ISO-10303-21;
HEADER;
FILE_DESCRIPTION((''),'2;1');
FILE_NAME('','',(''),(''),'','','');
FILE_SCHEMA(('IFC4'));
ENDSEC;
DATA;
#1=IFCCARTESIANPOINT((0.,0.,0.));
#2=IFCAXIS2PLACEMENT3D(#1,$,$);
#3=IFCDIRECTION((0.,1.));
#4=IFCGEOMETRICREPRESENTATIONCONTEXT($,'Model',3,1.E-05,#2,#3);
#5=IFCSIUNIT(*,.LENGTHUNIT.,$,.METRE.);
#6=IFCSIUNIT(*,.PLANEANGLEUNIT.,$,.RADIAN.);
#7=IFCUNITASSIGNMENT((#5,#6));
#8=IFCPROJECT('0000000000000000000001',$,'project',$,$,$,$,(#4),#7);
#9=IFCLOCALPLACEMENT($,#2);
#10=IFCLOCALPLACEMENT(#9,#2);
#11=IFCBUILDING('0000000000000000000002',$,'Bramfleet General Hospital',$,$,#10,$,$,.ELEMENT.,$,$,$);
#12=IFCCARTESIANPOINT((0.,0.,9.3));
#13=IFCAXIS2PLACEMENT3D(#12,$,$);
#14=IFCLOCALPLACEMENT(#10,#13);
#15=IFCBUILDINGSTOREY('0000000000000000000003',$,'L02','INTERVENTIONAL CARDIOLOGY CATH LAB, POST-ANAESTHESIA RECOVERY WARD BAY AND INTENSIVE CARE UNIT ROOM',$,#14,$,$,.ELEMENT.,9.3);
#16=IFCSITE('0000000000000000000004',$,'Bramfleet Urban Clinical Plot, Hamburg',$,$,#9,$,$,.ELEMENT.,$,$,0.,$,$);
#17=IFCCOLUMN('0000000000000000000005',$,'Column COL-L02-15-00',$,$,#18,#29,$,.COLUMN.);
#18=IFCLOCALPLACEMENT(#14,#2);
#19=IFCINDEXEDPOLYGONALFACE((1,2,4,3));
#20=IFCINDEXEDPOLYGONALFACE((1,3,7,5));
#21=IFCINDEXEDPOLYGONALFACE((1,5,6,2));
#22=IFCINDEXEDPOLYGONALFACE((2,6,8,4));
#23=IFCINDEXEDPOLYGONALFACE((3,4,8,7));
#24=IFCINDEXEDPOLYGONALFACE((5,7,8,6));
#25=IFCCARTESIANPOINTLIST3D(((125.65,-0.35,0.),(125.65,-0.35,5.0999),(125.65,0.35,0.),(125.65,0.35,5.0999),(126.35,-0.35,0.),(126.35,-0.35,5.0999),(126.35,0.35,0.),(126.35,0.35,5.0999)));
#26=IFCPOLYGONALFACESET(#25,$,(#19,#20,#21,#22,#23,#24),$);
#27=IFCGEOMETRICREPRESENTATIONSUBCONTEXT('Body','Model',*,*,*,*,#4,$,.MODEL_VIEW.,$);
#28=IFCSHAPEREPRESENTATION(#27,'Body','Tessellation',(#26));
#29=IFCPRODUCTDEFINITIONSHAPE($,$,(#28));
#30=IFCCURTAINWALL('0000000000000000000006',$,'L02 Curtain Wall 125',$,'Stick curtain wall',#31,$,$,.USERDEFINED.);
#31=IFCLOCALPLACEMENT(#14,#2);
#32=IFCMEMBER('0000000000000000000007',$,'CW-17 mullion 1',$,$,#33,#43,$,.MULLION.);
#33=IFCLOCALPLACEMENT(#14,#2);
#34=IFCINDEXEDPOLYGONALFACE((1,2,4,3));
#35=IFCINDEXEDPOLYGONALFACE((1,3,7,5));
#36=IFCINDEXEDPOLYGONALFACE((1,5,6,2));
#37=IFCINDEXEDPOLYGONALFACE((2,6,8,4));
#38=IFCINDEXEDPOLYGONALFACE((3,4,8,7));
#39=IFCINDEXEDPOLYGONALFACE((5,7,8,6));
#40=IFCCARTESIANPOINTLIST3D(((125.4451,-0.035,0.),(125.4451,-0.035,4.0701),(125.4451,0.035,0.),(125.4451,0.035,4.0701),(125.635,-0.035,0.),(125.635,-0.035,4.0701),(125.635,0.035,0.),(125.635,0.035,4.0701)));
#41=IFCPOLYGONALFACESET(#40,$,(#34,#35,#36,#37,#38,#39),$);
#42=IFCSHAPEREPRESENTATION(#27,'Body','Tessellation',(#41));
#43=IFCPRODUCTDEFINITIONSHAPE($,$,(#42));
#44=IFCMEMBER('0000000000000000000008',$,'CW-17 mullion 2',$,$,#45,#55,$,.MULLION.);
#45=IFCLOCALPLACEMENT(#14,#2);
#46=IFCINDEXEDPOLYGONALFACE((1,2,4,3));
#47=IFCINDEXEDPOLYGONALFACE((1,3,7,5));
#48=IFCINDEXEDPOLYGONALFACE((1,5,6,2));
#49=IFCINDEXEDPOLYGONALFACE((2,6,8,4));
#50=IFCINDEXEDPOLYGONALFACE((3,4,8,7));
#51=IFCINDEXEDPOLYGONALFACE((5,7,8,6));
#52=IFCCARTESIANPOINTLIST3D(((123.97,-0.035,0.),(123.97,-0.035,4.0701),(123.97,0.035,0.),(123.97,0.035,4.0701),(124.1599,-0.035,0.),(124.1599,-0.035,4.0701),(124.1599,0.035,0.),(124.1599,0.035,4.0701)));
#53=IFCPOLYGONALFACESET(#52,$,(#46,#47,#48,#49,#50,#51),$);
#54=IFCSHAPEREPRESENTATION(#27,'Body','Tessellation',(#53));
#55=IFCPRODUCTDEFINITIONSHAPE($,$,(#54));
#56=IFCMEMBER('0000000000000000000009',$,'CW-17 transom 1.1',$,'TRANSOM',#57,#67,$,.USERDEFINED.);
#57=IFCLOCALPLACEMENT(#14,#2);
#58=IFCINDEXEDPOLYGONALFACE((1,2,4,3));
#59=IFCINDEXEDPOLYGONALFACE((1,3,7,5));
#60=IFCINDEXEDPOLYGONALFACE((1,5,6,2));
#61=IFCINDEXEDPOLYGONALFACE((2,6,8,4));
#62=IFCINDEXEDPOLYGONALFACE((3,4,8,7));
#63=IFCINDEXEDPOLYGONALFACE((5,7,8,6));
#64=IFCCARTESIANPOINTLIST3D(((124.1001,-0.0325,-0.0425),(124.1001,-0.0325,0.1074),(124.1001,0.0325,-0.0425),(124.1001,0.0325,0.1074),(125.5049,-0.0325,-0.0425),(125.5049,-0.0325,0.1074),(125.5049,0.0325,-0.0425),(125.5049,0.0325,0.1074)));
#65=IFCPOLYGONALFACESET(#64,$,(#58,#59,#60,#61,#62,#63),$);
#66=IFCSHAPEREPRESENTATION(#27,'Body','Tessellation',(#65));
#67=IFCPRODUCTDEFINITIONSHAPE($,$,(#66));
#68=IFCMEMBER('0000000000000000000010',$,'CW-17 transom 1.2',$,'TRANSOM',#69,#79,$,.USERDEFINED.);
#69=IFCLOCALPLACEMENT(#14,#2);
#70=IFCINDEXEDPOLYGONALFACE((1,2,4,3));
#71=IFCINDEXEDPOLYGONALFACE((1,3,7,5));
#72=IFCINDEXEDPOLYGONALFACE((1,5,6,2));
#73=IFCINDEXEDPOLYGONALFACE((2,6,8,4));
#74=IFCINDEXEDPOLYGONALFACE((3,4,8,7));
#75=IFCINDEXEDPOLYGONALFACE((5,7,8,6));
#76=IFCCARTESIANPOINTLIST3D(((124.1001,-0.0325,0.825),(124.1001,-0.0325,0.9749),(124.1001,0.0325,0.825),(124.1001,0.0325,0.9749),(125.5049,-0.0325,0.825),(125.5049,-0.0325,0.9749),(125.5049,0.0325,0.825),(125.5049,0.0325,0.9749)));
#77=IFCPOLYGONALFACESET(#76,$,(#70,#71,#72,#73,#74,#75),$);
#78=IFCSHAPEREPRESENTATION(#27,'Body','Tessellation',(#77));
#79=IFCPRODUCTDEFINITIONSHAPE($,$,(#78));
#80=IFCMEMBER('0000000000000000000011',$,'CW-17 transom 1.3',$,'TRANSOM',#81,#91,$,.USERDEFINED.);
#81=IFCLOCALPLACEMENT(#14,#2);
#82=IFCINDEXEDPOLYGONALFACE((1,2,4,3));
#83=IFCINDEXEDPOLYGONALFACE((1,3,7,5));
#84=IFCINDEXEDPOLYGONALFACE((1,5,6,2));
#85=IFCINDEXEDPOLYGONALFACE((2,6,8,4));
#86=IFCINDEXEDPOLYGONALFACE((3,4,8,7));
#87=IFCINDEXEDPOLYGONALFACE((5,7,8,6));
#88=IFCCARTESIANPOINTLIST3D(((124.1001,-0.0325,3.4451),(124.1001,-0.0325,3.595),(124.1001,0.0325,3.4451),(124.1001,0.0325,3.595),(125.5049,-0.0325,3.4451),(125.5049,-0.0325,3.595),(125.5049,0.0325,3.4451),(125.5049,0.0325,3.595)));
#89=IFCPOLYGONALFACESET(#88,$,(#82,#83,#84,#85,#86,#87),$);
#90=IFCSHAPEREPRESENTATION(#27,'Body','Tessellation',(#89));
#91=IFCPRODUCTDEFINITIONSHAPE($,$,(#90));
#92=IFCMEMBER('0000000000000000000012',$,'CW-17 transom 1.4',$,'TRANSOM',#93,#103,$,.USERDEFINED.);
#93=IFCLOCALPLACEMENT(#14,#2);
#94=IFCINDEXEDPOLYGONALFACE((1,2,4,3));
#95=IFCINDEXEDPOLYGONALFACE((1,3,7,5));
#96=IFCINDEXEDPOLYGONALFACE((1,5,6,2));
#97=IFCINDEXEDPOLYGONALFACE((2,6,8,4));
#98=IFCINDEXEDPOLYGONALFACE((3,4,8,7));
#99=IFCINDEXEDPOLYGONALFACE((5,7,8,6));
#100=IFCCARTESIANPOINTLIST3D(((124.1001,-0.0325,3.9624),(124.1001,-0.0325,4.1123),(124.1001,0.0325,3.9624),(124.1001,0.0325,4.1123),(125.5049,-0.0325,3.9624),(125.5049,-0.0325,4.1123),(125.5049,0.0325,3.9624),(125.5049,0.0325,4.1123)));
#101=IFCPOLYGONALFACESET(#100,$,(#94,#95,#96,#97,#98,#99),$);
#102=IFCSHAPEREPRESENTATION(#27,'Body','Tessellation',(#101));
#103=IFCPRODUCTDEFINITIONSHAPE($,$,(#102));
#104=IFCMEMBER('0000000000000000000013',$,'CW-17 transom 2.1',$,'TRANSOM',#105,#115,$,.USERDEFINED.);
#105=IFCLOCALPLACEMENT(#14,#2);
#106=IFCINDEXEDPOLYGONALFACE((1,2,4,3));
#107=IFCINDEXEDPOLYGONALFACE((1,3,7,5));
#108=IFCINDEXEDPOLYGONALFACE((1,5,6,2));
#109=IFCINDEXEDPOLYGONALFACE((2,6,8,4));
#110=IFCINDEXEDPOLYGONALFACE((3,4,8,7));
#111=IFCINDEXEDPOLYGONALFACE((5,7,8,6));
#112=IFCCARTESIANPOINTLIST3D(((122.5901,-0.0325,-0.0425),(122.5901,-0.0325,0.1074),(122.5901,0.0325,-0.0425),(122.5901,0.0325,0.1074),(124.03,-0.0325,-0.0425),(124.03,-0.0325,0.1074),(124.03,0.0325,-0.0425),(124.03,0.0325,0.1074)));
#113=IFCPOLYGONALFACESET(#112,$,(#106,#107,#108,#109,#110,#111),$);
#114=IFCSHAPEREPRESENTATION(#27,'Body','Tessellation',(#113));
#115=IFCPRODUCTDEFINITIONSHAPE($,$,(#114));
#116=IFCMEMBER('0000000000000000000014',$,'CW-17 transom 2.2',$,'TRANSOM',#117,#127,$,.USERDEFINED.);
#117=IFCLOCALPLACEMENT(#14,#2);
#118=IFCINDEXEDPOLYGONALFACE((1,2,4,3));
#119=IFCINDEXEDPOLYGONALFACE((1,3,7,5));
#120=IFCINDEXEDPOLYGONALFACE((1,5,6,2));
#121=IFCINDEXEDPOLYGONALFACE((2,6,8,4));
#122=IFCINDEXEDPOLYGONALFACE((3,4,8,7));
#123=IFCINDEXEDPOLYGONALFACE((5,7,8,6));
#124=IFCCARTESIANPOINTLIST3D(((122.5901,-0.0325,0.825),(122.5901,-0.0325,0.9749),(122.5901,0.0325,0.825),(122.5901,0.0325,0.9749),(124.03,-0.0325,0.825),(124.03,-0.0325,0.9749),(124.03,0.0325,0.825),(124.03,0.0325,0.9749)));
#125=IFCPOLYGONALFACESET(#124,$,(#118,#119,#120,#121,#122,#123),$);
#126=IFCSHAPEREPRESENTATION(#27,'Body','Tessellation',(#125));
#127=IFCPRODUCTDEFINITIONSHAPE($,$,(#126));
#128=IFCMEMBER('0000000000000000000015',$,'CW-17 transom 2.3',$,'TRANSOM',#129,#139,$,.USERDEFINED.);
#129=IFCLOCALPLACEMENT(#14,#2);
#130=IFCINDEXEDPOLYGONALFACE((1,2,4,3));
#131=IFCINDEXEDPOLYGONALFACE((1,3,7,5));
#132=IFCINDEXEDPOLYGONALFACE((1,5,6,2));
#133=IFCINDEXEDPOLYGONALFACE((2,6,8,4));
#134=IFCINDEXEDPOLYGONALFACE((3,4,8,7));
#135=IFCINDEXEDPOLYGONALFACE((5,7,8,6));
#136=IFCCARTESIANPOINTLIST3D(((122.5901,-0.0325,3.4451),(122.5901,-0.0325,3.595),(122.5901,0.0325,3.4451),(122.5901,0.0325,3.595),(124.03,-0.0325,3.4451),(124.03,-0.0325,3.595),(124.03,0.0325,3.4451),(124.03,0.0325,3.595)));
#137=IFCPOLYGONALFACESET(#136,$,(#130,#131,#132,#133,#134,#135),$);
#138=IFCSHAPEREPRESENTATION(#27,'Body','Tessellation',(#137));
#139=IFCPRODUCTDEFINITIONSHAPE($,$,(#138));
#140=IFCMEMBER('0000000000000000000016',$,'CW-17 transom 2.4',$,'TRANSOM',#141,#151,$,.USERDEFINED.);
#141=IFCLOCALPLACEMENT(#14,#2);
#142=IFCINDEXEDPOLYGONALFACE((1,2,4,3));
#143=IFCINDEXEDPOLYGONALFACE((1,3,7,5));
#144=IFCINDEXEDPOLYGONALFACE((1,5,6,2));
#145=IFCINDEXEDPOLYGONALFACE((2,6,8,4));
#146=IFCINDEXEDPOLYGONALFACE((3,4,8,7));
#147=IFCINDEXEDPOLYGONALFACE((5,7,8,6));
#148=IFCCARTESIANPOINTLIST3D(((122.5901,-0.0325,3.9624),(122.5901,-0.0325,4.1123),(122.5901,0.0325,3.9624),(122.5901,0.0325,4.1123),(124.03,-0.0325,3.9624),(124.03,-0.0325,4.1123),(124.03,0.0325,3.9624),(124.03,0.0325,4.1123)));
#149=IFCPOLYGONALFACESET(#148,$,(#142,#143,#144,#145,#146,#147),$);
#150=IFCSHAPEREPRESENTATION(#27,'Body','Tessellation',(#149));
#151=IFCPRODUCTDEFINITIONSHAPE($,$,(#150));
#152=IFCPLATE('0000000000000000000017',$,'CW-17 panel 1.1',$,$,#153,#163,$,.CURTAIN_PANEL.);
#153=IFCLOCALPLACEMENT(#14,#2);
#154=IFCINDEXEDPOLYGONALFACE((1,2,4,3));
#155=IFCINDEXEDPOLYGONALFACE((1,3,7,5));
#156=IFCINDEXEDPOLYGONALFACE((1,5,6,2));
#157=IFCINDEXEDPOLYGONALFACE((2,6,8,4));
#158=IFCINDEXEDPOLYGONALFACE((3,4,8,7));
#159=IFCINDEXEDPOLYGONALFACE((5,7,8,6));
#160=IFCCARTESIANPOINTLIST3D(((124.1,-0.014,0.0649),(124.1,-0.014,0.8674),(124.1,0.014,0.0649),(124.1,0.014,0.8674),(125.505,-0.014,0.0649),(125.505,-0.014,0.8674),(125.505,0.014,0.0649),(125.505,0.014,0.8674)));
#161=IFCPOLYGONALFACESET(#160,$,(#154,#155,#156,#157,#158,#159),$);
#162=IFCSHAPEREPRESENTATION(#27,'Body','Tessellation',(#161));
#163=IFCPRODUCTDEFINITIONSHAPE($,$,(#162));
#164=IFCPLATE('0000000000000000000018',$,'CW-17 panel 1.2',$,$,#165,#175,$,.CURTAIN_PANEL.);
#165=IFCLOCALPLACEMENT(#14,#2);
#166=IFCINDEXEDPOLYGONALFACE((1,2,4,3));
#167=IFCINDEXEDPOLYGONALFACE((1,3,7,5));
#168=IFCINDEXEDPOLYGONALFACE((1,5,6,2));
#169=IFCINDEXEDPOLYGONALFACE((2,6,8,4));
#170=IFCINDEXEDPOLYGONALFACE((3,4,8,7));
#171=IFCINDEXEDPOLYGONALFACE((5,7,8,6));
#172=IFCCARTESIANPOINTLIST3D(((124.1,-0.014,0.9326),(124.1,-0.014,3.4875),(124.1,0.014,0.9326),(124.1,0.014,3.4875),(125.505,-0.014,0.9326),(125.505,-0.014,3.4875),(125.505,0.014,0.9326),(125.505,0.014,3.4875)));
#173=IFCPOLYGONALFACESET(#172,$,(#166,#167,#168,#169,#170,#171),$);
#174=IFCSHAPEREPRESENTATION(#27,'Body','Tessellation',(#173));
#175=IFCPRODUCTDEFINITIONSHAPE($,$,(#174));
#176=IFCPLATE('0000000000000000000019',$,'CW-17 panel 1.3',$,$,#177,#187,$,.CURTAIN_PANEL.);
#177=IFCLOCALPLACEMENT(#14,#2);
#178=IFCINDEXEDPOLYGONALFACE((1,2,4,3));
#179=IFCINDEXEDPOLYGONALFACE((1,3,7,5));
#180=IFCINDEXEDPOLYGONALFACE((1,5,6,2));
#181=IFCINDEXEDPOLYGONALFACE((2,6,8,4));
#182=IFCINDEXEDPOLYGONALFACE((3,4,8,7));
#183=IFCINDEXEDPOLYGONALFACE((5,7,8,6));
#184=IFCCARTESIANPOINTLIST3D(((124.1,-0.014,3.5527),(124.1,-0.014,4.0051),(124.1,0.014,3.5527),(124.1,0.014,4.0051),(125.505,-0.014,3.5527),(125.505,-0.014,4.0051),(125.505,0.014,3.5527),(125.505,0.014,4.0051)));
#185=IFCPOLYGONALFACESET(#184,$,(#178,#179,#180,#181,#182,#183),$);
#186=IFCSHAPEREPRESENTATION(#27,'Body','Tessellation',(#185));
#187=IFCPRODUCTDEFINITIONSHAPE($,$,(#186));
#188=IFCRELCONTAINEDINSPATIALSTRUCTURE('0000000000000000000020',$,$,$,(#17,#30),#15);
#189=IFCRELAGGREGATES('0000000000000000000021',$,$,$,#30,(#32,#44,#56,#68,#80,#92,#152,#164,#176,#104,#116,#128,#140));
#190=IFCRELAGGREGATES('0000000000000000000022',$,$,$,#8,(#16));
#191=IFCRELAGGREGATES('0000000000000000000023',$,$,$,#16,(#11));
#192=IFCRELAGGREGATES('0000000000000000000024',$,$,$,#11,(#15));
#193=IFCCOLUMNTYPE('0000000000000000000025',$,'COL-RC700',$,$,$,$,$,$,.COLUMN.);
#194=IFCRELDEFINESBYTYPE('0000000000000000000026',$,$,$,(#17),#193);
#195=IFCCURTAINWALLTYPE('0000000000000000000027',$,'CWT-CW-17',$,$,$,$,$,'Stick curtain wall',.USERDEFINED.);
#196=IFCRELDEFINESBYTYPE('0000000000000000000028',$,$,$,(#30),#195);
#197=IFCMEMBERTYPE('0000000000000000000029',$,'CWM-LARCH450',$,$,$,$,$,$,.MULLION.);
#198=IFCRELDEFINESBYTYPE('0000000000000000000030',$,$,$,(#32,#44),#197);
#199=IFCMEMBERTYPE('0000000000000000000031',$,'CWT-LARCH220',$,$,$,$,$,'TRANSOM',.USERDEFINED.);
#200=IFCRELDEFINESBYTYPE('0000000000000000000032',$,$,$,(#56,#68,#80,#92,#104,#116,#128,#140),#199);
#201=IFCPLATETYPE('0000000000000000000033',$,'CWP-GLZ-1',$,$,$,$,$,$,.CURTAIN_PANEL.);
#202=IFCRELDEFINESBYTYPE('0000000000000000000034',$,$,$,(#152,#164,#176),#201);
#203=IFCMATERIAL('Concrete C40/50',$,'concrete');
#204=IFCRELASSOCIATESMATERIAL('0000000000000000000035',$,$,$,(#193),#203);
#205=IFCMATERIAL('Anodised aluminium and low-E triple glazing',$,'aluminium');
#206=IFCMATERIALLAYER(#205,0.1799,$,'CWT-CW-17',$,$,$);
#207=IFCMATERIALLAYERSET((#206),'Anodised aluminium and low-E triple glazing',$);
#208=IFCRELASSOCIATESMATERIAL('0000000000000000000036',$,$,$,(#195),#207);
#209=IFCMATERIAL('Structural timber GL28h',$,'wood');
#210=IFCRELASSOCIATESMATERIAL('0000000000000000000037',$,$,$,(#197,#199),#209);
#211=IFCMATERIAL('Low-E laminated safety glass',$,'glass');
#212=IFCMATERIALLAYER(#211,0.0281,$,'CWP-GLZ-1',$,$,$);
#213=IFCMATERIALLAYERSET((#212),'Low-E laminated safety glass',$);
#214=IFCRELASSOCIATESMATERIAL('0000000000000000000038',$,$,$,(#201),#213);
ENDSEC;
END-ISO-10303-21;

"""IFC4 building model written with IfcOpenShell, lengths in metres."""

from ifc_helpers import new_model, si_unit, direction, frame, origin, origin_2d, place, context, subcontext, project, spatial, rectangle, extrude, material, layer, layer_set, material_profile, profile_set, type_object, element, aggregate, save


model = new_model("IFC4")

# Units and contexts
model_context = context("Model", 3, precision=1e-05, world=origin(), true_north=direction((0.0, 1.0)))
body_context = subcontext(model_context, "Body", "Model", "MODEL_VIEW")
ifc_project = project(units=[si_unit("LENGTHUNIT", "METRE"), si_unit("PLANEANGLEUNIT", "RADIAN")], contexts=[model_context])

# Site, building, storey
site_placement = place(None, origin())
site = spatial("IfcSite", under=ifc_project, at=site_placement, Name="Bramfleet Urban Clinical Plot, Hamburg", CompositionType="ELEMENT", RefElevation=0.0)
building_placement = place(site_placement, origin())
building = spatial("IfcBuilding", under=site, at=building_placement, Name="Bramfleet General Hospital", CompositionType="ELEMENT")
storey_placement = place(building_placement, frame((0.0, 0.0, 9.3)))
storey = spatial("IfcBuildingStorey", under=building, at=storey_placement, Name="L02", Description="INTERVENTIONAL CARDIOLOGY CATH LAB, POST-ANAESTHESIA RECOVERY WARD BAY AND INTENSIVE CARE UNIT ROOM", CompositionType="ELEMENT", Elevation=9.3)

# Column
ifc_material_1 = material(Name="Concrete C40/50", Category="concrete")
ifc_material_profile_1 = material_profile(ifc_material_1, rectangle(XDim=0.7, YDim=0.7, at=origin_2d()), Name="RC COL 700x700")
ifc_profile_set_1 = profile_set([ifc_material_profile_1], Name="Concrete C40/50")
column_type = type_object("IfcColumnType", Name="COL-RC700", PredefinedType="COLUMN", material=ifc_profile_set_1)
column_placement = place(storey_placement, frame((126.0, 0.0, 0.0), z_axis=(0.0, 0.0, 1.0), x_axis=(1.0, 0.0, 0.0)))
element("IfcColumn", 1, at=column_placement, inside=storey, type_object=column_type, Name="Column COL-L02-15-00", PredefinedType="COLUMN", context=body_context, shape_type="SweptSolid", body=[
    extrude(rectangle(XDim=0.7, YDim=0.7, at=origin_2d()), origin(), (0.0, 0.0, 1.0), 5.0999),
])

# Curtain wall, members, plates
ifc_material_2 = material(Name="Anodised aluminium and low-E triple glazing", Category="aluminium")
ifc_layer_1 = layer(ifc_material_2, 0.1799, Name="CWT-CW-17")
ifc_layer_set_1 = layer_set([ifc_layer_1], Name="Anodised aluminium and low-E triple glazing")
curtain_wall_type = type_object("IfcCurtainWallType", Name="CWT-CW-17", ElementType="Stick curtain wall", PredefinedType="USERDEFINED", material=ifc_layer_set_1)
curtain_wall_placement = place(storey_placement, origin())
curtain_wall = element("IfcCurtainWall", 2, at=curtain_wall_placement, inside=storey, type_object=curtain_wall_type, Name="L02 Curtain Wall 125", ObjectType="Stick curtain wall", PredefinedType="USERDEFINED")
ifc_material_3 = material(Name="Structural timber GL28h", Category="wood")
ifc_material_profile_2 = material_profile(ifc_material_3, rectangle(XDim=0.0701, YDim=0.1899, at=origin_2d()), Name="LARCH 190x70")
ifc_profile_set_2 = profile_set([ifc_material_profile_2], Name="Structural timber GL28h")
member_type_1 = type_object("IfcMemberType", Name="CWM-LARCH450", PredefinedType="MULLION", material=ifc_profile_set_2)
member_1_placement = place(storey_placement, frame((125.54, 0.0, 0.0), z_axis=(0.0, 0.0, 1.0), x_axis=(0.0, -1.0, 0.0)))
member_1 = element("IfcMember", 3, at=member_1_placement, type_object=member_type_1, Name="CW-17 mullion 1", PredefinedType="MULLION", context=body_context, shape_type="SweptSolid", body=[
    extrude(rectangle(XDim=0.0701, YDim=0.1899, at=origin_2d()), origin(), (0.0, 0.0, 1.0), 4.0701),
])
member_2_placement = place(storey_placement, frame((124.0649, 0.0, 0.0), z_axis=(0.0, 0.0, 1.0), x_axis=(0.0, -1.0, 0.0)))
member_2 = element("IfcMember", 4, at=member_2_placement, type_object=member_type_1, Name="CW-17 mullion 2", PredefinedType="MULLION", context=body_context, shape_type="SweptSolid", body=[
    extrude(rectangle(XDim=0.0701, YDim=0.1899, at=origin_2d()), origin(), (0.0, 0.0, 1.0), 4.0701),
])
ifc_material_profile_3 = material_profile(ifc_material_3, rectangle(XDim=0.0649, YDim=0.1499, at=origin_2d()), Name="LARCH 150x65")
ifc_profile_set_3 = profile_set([ifc_material_profile_3], Name="Structural timber GL28h")
member_type_2 = type_object("IfcMemberType", Name="CWT-LARCH220", ElementType="TRANSOM", PredefinedType="USERDEFINED", material=ifc_profile_set_3)
member_3_placement = place(storey_placement, frame((125.5049, 0.0, 0.0325), z_axis=(-1.0, 0.0, 0.0), x_axis=(0.0, -1.0, 0.0)))
member_3 = element("IfcMember", 5, at=member_3_placement, type_object=member_type_2, Name="CW-17 transom 1.1", ObjectType="TRANSOM", PredefinedType="USERDEFINED", context=body_context, shape_type="SweptSolid", body=[
    extrude(rectangle(XDim=0.0649, YDim=0.1499, at=origin_2d()), origin(), (0.0, 0.0, 1.0), 1.4048),
])
member_4_placement = place(storey_placement, frame((125.5049, 0.0, 0.8999), z_axis=(-1.0, 0.0, 0.0), x_axis=(0.0, -1.0, 0.0)))
member_4 = element("IfcMember", 6, at=member_4_placement, type_object=member_type_2, Name="CW-17 transom 1.2", ObjectType="TRANSOM", PredefinedType="USERDEFINED", context=body_context, shape_type="SweptSolid", body=[
    extrude(rectangle(XDim=0.0649, YDim=0.1499, at=origin_2d()), origin(), (0.0, 0.0, 1.0), 1.4048),
])
member_5_placement = place(storey_placement, frame((125.5049, 0.0, 3.52), z_axis=(-1.0, 0.0, 0.0), x_axis=(0.0, -1.0, 0.0)))
member_5 = element("IfcMember", 7, at=member_5_placement, type_object=member_type_2, Name="CW-17 transom 1.3", ObjectType="TRANSOM", PredefinedType="USERDEFINED", context=body_context, shape_type="SweptSolid", body=[
    extrude(rectangle(XDim=0.0649, YDim=0.1499, at=origin_2d()), origin(), (0.0, 0.0, 1.0), 1.4048),
])
member_6_placement = place(storey_placement, frame((125.5049, 0.0, 4.0374), z_axis=(-1.0, 0.0, 0.0), x_axis=(0.0, -1.0, 0.0)))
member_6 = element("IfcMember", 8, at=member_6_placement, type_object=member_type_2, Name="CW-17 transom 1.4", ObjectType="TRANSOM", PredefinedType="USERDEFINED", context=body_context, shape_type="SweptSolid", body=[
    extrude(rectangle(XDim=0.0649, YDim=0.1499, at=origin_2d()), origin(), (0.0, 0.0, 1.0), 1.4048),
])
member_7_placement = place(storey_placement, frame((124.03, 0.0, 0.0325), z_axis=(-1.0, 0.0, 0.0), x_axis=(0.0, -1.0, 0.0)))
member_7 = element("IfcMember", 9, at=member_7_placement, type_object=member_type_2, Name="CW-17 transom 2.1", ObjectType="TRANSOM", PredefinedType="USERDEFINED", context=body_context, shape_type="SweptSolid", body=[
    extrude(rectangle(XDim=0.0649, YDim=0.1499, at=origin_2d()), origin(), (0.0, 0.0, 1.0), 1.4399),
])
member_8_placement = place(storey_placement, frame((124.03, 0.0, 0.8999), z_axis=(-1.0, 0.0, 0.0), x_axis=(0.0, -1.0, 0.0)))
member_8 = element("IfcMember", 10, at=member_8_placement, type_object=member_type_2, Name="CW-17 transom 2.2", ObjectType="TRANSOM", PredefinedType="USERDEFINED", context=body_context, shape_type="SweptSolid", body=[
    extrude(rectangle(XDim=0.0649, YDim=0.1499, at=origin_2d()), origin(), (0.0, 0.0, 1.0), 1.4399),
])
member_9_placement = place(storey_placement, frame((124.03, 0.0, 3.52), z_axis=(-1.0, 0.0, 0.0), x_axis=(0.0, -1.0, 0.0)))
member_9 = element("IfcMember", 11, at=member_9_placement, type_object=member_type_2, Name="CW-17 transom 2.3", ObjectType="TRANSOM", PredefinedType="USERDEFINED", context=body_context, shape_type="SweptSolid", body=[
    extrude(rectangle(XDim=0.0649, YDim=0.1499, at=origin_2d()), origin(), (0.0, 0.0, 1.0), 1.4399),
])
member_10_placement = place(storey_placement, frame((124.03, 0.0, 4.0374), z_axis=(-1.0, 0.0, 0.0), x_axis=(0.0, -1.0, 0.0)))
member_10 = element("IfcMember", 12, at=member_10_placement, type_object=member_type_2, Name="CW-17 transom 2.4", ObjectType="TRANSOM", PredefinedType="USERDEFINED", context=body_context, shape_type="SweptSolid", body=[
    extrude(rectangle(XDim=0.0649, YDim=0.1499, at=origin_2d()), origin(), (0.0, 0.0, 1.0), 1.4399),
])
ifc_material_4 = material(Name="Low-E laminated safety glass", Category="glass")
ifc_layer_2 = layer(ifc_material_4, 0.0281, Name="CWP-GLZ-1")
ifc_layer_set_2 = layer_set([ifc_layer_2], Name="Low-E laminated safety glass")
plate_type = type_object("IfcPlateType", Name="CWP-GLZ-1", PredefinedType="CURTAIN_PANEL", material=ifc_layer_set_2)
plate_1_placement = place(storey_placement, frame((124.8025, 0.0, 0.0649), z_axis=(0.0, 0.0, 1.0), x_axis=(-1.0, 0.0, 0.0)))
plate_1 = element("IfcPlate", 13, at=plate_1_placement, type_object=plate_type, Name="CW-17 panel 1.1", PredefinedType="CURTAIN_PANEL", context=body_context, shape_type="SweptSolid", body=[
    extrude(rectangle(XDim=1.405, YDim=0.0281, at=origin_2d()), origin(), (0.0, 0.0, 1.0), 0.8025),
])
plate_2_placement = place(storey_placement, frame((124.8025, 0.0, 0.9326), z_axis=(0.0, 0.0, 1.0), x_axis=(-1.0, 0.0, 0.0)))
plate_2 = element("IfcPlate", 14, at=plate_2_placement, type_object=plate_type, Name="CW-17 panel 1.2", PredefinedType="CURTAIN_PANEL", context=body_context, shape_type="SweptSolid", body=[
    extrude(rectangle(XDim=1.405, YDim=0.0281, at=origin_2d()), origin(), (0.0, 0.0, 1.0), 2.5549),
])
plate_3_placement = place(storey_placement, frame((124.8025, 0.0, 3.5527), z_axis=(0.0, 0.0, 1.0), x_axis=(-1.0, 0.0, 0.0)))
plate_3 = element("IfcPlate", 15, at=plate_3_placement, type_object=plate_type, Name="CW-17 panel 1.3", PredefinedType="CURTAIN_PANEL", context=body_context, shape_type="SweptSolid", body=[
    extrude(rectangle(XDim=1.405, YDim=0.0281, at=origin_2d()), origin(), (0.0, 0.0, 1.0), 0.4524),
])
aggregate(curtain_wall, [member_1, member_2, member_3, member_4, member_5, member_6, plate_1, plate_2, plate_3, member_7, member_8, member_9, member_10])

save(model, "model.ifc")
